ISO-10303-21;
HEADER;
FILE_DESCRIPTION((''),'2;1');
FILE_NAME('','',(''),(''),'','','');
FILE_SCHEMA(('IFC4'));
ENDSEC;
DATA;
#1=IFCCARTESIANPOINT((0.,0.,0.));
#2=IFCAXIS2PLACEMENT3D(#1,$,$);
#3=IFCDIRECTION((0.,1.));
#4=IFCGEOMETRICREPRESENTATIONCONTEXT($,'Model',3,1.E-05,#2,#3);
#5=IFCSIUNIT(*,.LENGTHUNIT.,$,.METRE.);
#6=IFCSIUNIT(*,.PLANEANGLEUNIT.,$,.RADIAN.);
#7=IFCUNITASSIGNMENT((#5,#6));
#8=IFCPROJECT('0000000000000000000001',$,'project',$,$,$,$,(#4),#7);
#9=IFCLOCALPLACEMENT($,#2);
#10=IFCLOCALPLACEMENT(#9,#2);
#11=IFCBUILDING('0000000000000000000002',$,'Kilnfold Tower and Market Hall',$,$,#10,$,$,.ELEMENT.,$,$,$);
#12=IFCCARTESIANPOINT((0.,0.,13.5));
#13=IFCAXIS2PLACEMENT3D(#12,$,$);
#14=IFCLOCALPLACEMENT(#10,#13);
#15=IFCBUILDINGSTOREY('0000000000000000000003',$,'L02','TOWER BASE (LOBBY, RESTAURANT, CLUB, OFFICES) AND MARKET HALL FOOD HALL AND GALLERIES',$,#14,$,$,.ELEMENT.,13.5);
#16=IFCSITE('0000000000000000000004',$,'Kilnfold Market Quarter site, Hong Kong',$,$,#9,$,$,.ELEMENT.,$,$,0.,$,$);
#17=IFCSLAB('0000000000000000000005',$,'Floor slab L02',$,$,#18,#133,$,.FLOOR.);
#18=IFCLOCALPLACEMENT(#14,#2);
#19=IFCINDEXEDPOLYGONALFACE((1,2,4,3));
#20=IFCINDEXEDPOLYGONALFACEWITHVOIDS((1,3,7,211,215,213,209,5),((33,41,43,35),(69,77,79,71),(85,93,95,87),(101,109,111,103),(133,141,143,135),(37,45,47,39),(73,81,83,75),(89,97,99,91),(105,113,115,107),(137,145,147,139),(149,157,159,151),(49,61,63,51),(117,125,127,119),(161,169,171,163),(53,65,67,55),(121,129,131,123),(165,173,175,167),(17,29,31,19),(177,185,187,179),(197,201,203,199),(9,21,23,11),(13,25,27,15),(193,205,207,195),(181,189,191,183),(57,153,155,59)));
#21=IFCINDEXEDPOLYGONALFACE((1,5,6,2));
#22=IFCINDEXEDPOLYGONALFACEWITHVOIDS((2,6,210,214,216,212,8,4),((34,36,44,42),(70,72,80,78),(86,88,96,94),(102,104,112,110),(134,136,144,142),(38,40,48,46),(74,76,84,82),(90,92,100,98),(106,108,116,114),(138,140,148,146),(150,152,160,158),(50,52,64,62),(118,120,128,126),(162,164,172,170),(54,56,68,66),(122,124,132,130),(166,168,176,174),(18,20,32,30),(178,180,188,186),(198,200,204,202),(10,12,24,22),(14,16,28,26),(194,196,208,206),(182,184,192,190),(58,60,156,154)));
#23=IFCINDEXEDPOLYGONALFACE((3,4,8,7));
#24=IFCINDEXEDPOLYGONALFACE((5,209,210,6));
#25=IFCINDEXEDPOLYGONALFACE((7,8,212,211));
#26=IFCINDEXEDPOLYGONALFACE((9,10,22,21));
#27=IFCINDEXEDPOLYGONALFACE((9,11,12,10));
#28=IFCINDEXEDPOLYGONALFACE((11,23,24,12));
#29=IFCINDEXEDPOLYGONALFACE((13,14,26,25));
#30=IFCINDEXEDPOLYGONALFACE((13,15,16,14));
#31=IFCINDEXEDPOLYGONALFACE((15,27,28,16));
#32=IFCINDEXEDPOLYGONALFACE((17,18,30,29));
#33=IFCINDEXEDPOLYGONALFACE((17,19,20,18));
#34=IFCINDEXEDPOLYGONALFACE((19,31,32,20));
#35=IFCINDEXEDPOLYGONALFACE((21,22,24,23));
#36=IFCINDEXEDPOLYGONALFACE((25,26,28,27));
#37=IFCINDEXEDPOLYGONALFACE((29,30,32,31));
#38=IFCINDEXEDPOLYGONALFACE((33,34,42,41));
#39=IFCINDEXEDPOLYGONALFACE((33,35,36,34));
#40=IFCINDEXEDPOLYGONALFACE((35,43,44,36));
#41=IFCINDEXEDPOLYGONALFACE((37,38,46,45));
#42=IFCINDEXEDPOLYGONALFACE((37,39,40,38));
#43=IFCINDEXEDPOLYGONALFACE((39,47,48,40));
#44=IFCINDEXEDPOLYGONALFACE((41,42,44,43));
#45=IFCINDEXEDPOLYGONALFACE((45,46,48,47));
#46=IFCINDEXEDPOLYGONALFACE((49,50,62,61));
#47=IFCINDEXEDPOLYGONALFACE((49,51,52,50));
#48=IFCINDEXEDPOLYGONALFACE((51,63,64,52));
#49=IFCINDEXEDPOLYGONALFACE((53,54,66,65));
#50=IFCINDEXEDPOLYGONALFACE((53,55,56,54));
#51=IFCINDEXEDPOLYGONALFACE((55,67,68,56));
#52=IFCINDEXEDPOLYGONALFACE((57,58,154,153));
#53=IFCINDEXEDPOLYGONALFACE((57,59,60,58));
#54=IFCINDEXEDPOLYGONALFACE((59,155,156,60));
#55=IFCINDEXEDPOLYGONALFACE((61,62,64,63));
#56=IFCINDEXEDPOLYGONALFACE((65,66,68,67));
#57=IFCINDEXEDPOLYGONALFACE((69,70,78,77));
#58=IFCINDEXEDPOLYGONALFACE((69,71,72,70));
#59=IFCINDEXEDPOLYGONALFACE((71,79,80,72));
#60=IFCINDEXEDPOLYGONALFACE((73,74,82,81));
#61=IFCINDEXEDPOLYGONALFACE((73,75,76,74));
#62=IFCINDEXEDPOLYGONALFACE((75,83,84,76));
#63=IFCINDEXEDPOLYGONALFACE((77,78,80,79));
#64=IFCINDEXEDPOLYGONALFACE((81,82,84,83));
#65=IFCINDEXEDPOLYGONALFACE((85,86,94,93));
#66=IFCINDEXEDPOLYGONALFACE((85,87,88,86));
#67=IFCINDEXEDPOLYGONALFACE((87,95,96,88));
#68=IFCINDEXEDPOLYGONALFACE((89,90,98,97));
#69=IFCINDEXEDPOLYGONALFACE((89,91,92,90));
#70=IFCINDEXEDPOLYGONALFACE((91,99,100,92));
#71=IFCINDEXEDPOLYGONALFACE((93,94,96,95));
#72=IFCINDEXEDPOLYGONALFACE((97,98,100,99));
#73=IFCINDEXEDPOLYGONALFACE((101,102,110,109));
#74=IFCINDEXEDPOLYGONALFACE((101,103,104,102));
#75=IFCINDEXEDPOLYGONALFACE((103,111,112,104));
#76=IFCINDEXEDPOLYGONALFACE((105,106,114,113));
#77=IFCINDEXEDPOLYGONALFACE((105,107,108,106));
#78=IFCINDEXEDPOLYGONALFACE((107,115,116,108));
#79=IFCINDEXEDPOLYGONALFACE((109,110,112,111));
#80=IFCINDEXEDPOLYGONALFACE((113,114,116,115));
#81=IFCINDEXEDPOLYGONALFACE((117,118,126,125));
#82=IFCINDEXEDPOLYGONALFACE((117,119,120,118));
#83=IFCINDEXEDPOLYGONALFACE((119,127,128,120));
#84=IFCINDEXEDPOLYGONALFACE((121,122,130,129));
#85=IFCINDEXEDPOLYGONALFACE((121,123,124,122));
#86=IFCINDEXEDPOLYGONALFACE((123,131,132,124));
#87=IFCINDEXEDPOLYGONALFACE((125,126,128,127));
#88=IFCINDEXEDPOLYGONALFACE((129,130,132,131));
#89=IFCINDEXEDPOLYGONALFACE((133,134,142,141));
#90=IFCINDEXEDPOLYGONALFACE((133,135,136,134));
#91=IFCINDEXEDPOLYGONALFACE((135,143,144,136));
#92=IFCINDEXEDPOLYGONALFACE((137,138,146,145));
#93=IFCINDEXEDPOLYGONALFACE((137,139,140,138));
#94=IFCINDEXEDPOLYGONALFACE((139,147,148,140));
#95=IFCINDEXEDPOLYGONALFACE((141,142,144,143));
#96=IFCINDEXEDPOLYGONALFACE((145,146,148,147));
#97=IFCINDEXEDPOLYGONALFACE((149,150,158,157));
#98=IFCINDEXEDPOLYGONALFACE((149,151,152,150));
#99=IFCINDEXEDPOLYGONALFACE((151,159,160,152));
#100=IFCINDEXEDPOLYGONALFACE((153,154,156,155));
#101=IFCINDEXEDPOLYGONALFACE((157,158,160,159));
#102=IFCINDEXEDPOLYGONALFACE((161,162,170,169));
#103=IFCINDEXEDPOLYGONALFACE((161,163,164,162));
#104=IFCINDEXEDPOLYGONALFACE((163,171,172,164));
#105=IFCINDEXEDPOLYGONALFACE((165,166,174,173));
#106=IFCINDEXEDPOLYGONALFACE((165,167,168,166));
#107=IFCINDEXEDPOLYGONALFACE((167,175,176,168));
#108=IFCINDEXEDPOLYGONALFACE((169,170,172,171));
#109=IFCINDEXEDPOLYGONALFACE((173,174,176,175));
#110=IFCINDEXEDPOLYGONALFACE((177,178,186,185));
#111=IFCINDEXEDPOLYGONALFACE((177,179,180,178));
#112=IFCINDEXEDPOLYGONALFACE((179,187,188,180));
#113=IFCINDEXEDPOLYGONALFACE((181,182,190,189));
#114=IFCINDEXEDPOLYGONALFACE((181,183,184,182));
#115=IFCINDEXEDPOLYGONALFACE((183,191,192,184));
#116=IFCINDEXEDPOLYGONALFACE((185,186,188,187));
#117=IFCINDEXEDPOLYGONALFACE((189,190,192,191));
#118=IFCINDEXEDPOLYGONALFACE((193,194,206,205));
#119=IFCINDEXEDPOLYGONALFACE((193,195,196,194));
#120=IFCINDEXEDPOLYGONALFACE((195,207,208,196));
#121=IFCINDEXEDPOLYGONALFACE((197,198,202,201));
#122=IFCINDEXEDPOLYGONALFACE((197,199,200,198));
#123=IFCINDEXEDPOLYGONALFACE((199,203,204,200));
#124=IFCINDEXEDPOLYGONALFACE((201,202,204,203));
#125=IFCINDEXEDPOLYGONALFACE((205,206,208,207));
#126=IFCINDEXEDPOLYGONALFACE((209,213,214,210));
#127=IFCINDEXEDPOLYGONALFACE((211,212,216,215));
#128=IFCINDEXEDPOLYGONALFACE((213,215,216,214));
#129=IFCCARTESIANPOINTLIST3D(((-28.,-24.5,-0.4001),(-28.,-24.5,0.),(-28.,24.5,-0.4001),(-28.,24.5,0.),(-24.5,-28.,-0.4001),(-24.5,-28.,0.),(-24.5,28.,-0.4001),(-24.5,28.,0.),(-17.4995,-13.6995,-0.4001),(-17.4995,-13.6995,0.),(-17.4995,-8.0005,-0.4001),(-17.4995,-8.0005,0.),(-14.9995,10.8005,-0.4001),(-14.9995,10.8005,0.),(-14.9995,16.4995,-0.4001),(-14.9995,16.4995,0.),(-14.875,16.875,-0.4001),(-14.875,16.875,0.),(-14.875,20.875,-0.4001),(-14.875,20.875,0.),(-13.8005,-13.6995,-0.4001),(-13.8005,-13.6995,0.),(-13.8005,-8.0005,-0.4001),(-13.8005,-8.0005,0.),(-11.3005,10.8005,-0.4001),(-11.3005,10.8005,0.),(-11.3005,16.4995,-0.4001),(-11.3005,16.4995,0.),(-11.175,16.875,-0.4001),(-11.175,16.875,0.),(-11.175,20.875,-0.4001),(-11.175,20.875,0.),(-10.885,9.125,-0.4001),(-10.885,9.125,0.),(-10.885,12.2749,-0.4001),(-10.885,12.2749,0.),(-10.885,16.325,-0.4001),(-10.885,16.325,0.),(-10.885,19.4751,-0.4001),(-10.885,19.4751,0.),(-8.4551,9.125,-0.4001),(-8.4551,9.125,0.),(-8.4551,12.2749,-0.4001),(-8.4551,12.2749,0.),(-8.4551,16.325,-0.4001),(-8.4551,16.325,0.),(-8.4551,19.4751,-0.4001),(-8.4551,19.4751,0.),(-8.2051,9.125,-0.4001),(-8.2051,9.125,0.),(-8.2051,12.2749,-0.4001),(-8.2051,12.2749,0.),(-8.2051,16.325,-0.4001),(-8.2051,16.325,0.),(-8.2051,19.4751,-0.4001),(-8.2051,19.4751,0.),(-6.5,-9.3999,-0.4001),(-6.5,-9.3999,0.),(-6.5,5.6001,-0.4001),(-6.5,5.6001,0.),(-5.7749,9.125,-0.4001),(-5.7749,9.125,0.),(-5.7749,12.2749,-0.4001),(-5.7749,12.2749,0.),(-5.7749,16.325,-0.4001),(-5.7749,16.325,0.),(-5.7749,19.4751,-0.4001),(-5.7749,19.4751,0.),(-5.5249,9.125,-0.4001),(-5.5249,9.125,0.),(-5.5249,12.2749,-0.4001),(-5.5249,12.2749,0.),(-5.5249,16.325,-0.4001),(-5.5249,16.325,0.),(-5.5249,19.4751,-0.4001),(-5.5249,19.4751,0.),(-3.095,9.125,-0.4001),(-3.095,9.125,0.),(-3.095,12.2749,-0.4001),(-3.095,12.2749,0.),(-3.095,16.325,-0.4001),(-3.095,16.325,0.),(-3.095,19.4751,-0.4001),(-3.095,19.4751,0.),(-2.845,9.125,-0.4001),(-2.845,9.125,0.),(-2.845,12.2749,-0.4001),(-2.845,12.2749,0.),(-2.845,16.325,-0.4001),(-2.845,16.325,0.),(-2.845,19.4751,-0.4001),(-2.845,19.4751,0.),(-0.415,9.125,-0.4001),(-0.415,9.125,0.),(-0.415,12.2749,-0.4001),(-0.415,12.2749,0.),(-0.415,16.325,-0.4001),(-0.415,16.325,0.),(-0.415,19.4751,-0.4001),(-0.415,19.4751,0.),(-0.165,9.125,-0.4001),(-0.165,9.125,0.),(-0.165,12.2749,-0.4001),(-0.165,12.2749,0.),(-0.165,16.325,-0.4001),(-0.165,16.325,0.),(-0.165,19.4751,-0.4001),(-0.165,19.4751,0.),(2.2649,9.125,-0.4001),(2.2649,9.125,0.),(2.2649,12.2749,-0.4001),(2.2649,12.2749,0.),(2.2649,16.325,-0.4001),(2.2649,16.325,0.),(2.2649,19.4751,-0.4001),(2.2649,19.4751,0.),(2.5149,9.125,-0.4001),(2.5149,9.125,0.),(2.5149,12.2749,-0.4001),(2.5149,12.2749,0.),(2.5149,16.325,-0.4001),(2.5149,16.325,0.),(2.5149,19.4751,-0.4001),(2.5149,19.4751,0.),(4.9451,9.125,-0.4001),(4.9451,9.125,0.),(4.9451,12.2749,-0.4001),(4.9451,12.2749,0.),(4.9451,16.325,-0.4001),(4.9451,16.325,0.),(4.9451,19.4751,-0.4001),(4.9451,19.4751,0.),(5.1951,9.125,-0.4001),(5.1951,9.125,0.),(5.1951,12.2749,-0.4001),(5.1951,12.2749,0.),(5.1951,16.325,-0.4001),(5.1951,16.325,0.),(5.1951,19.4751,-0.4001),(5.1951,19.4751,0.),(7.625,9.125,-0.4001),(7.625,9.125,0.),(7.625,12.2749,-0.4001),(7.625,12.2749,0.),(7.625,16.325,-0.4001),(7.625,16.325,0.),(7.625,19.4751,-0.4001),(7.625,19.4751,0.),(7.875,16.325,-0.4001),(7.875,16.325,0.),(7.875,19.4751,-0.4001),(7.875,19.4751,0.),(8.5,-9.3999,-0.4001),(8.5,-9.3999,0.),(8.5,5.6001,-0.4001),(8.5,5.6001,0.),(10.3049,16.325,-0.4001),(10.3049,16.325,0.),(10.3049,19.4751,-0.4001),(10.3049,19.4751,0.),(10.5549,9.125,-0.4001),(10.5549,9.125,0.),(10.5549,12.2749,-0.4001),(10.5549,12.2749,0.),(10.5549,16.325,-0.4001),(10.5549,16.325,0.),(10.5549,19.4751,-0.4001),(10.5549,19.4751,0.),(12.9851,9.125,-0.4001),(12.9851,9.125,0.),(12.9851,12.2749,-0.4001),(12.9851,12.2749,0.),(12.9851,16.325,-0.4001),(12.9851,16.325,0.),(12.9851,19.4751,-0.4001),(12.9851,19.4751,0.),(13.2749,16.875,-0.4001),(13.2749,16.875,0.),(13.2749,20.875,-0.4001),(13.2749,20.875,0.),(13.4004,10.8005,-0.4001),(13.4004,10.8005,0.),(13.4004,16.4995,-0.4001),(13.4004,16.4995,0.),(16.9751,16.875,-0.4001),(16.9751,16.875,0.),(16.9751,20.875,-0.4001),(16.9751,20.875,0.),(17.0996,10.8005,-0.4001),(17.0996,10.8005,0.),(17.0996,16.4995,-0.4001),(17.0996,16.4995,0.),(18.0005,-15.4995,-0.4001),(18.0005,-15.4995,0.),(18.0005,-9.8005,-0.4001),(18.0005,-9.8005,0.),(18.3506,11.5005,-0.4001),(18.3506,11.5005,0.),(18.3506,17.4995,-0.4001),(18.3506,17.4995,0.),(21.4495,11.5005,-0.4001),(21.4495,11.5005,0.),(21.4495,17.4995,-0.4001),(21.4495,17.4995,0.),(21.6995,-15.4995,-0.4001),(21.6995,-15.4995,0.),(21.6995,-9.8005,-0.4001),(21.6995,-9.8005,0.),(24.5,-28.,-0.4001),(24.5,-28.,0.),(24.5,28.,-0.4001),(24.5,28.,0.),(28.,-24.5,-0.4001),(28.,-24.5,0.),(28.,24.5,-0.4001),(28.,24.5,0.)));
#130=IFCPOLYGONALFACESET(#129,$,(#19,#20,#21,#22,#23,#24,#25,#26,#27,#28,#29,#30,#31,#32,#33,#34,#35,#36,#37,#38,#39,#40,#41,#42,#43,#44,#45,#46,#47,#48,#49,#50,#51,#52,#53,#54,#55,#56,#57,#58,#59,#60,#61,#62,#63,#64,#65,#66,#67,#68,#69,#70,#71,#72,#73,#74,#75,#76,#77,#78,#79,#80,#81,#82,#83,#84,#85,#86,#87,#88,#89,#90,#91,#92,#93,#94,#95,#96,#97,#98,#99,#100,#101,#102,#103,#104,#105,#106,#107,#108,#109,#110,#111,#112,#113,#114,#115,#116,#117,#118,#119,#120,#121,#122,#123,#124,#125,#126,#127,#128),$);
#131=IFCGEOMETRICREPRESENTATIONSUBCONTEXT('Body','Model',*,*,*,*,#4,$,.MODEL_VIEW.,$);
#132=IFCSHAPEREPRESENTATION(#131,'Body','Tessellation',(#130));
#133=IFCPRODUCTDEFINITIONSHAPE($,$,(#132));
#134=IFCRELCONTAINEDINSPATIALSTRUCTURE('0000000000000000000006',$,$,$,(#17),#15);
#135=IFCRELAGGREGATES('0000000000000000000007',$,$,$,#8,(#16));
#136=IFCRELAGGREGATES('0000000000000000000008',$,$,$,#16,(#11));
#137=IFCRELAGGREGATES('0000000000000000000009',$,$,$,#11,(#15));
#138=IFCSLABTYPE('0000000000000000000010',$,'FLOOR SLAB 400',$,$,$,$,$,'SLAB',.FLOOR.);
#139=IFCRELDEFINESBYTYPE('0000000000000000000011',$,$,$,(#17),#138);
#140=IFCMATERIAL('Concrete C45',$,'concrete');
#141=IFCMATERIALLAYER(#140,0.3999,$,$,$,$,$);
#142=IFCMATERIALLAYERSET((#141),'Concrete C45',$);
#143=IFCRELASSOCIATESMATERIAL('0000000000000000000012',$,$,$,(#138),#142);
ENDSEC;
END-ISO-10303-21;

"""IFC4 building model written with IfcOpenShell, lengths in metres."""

from ifc_helpers import new_model, si_unit, direction, frame, origin, place, context, subcontext, project, spatial, polyline, outline, extrude, source, transform, mapped, material, layer, layer_set, type_object, element, save


model = new_model("IFC4")

# Units and contexts
model_context = context("Model", 3, precision=1e-05, world=origin(), true_north=direction((0.0, 1.0)))
body_context = subcontext(model_context, "Body", "Model", "MODEL_VIEW")
ifc_project = project(units=[si_unit("LENGTHUNIT", "METRE"), si_unit("PLANEANGLEUNIT", "RADIAN")], contexts=[model_context])

# Site, building, storey
site_placement = place(None, origin())
site = spatial("IfcSite", under=ifc_project, at=site_placement, Name="Kilnfold Market Quarter site, Hong Kong", CompositionType="ELEMENT", RefElevation=0.0)
building_placement = place(site_placement, origin())
building = spatial("IfcBuilding", under=site, at=building_placement, Name="Kilnfold Tower and Market Hall", CompositionType="ELEMENT")
storey_placement = place(building_placement, frame((0.0, 0.0, 13.5)))
storey = spatial("IfcBuildingStorey", under=building, at=storey_placement, Name="L02", Description="TOWER BASE (LOBBY, RESTAURANT, CLUB, OFFICES) AND MARKET HALL FOOD HALL AND GALLERIES", CompositionType="ELEMENT", Elevation=13.5)

# Slab
ifc_material_1 = material(Name="Concrete C45", Category="concrete")
ifc_layer_1 = layer(ifc_material_1, 0.3999)
ifc_layer_set_1 = layer_set([ifc_layer_1], Name="Concrete C45")
slab_type_1 = type_object("IfcSlabType", Name="FLOOR SLAB 400", ElementType="SLAB", PredefinedType="FLOOR", material=ifc_layer_set_1)
shared_shape_1 = source(origin(), body_context, "Body", "SweptSolid", [
    extrude(outline(polyline([(-24.5, -28.0), (24.5, -28.0), (28.0, -24.5), (28.0, 24.5), (24.5, 28.0), (-24.5, 28.0), (-28.0, 24.5), (-28.0, -24.5), (-24.5, -28.0)]), holes=[polyline([(-17.4995, -13.6995), (-17.4995, -8.0005), (-13.8005, -8.0005), (-13.8005, -13.6995), (-17.4995, -13.6995)]), polyline([(-14.9995, 10.8005), (-14.9995, 16.4995), (-11.3005, 16.4995), (-11.3005, 10.8005), (-14.9995, 10.8005)]), polyline([(-14.875, 16.875), (-14.875, 20.875), (-11.175, 20.875), (-11.175, 16.875), (-14.875, 16.875)]), polyline([(-10.885, 9.125), (-10.885, 12.2749), (-8.4551, 12.2749), (-8.4551, 9.125), (-10.885, 9.125)]), polyline([(-10.885, 16.325), (-10.885, 19.4751), (-8.4551, 19.4751), (-8.4551, 16.325), (-10.885, 16.325)]), polyline([(-8.2051, 9.125), (-8.2051, 12.2749), (-5.7749, 12.2749), (-5.7749, 9.125), (-8.2051, 9.125)]), polyline([(-8.2051, 16.325), (-8.2051, 19.4751), (-5.7749, 19.4751), (-5.7749, 16.325), (-8.2051, 16.325)]), polyline([(-6.5, -9.3999), (-6.5, 5.6001), (8.5, 5.6001), (8.5, -9.3999), (-6.5, -9.3999)]), polyline([(-5.5249, 9.125), (-5.5249, 12.2749), (-3.095, 12.2749), (-3.095, 9.125), (-5.5249, 9.125)]), polyline([(-5.5249, 16.325), (-5.5249, 19.4751), (-3.095, 19.4751), (-3.095, 16.325), (-5.5249, 16.325)]), polyline([(-2.845, 9.125), (-2.845, 12.2749), (-0.415, 12.2749), (-0.415, 9.125), (-2.845, 9.125)]), polyline([(-2.845, 16.325), (-2.845, 19.4751), (-0.415, 19.4751), (-0.415, 16.325), (-2.845, 16.325)]), polyline([(-0.165, 9.125), (-0.165, 12.2749), (2.2649, 12.2749), (2.2649, 9.125), (-0.165, 9.125)]), polyline([(-0.165, 16.325), (-0.165, 19.4751), (2.2649, 19.4751), (2.2649, 16.325), (-0.165, 16.325)]), polyline([(2.5149, 9.125), (2.5149, 12.2749), (4.9451, 12.2749), (4.9451, 9.125), (2.5149, 9.125)]), polyline([(2.5149, 16.325), (2.5149, 19.4751), (4.9451, 19.4751), (4.9451, 16.325), (2.5149, 16.325)]), polyline([(5.1951, 9.125), (5.1951, 12.2749), (7.625, 12.2749), (7.625, 9.125), (5.1951, 9.125)]), polyline([(5.1951, 16.325), (5.1951, 19.4751), (7.625, 19.4751), (7.625, 16.325), (5.1951, 16.325)]), polyline([(7.875, 16.325), (7.875, 19.4751), (10.3049, 19.4751), (10.3049, 16.325), (7.875, 16.325)]), polyline([(10.5549, 9.125), (10.5549, 12.2749), (12.9851, 12.2749), (12.9851, 9.125), (10.5549, 9.125)]), polyline([(10.5549, 16.325), (10.5549, 19.4751), (12.9851, 19.4751), (12.9851, 16.325), (10.5549, 16.325)]), polyline([(13.2749, 16.875), (13.2749, 20.875), (16.9751, 20.875), (16.9751, 16.875), (13.2749, 16.875)]), polyline([(13.4004, 10.8005), (13.4004, 16.4995), (17.0996, 16.4995), (17.0996, 10.8005), (13.4004, 10.8005)]), polyline([(21.6995, -9.8005), (21.6995, -15.4995), (18.0005, -15.4995), (18.0005, -9.8005), (21.6995, -9.8005)]), polyline([(18.3506, 11.5005), (18.3506, 17.4995), (21.4495, 17.4995), (21.4495, 11.5005), (18.3506, 11.5005)])]), origin(), (0.0, 0.0, 1.0), 0.4001),
])
slab_1_placement = place(storey_placement, frame((0.0, 0.0, -0.4001)))
element("IfcSlab", 1, at=slab_1_placement, inside=storey, type_object=slab_type_1, Name="Floor slab L02", PredefinedType="FLOOR", context=body_context, shape_type="MappedRepresentation", body=[
    mapped(shared_shape_1, transform((0.0, 0.0, 0.0))),
])

save(model, "model.ifc")
